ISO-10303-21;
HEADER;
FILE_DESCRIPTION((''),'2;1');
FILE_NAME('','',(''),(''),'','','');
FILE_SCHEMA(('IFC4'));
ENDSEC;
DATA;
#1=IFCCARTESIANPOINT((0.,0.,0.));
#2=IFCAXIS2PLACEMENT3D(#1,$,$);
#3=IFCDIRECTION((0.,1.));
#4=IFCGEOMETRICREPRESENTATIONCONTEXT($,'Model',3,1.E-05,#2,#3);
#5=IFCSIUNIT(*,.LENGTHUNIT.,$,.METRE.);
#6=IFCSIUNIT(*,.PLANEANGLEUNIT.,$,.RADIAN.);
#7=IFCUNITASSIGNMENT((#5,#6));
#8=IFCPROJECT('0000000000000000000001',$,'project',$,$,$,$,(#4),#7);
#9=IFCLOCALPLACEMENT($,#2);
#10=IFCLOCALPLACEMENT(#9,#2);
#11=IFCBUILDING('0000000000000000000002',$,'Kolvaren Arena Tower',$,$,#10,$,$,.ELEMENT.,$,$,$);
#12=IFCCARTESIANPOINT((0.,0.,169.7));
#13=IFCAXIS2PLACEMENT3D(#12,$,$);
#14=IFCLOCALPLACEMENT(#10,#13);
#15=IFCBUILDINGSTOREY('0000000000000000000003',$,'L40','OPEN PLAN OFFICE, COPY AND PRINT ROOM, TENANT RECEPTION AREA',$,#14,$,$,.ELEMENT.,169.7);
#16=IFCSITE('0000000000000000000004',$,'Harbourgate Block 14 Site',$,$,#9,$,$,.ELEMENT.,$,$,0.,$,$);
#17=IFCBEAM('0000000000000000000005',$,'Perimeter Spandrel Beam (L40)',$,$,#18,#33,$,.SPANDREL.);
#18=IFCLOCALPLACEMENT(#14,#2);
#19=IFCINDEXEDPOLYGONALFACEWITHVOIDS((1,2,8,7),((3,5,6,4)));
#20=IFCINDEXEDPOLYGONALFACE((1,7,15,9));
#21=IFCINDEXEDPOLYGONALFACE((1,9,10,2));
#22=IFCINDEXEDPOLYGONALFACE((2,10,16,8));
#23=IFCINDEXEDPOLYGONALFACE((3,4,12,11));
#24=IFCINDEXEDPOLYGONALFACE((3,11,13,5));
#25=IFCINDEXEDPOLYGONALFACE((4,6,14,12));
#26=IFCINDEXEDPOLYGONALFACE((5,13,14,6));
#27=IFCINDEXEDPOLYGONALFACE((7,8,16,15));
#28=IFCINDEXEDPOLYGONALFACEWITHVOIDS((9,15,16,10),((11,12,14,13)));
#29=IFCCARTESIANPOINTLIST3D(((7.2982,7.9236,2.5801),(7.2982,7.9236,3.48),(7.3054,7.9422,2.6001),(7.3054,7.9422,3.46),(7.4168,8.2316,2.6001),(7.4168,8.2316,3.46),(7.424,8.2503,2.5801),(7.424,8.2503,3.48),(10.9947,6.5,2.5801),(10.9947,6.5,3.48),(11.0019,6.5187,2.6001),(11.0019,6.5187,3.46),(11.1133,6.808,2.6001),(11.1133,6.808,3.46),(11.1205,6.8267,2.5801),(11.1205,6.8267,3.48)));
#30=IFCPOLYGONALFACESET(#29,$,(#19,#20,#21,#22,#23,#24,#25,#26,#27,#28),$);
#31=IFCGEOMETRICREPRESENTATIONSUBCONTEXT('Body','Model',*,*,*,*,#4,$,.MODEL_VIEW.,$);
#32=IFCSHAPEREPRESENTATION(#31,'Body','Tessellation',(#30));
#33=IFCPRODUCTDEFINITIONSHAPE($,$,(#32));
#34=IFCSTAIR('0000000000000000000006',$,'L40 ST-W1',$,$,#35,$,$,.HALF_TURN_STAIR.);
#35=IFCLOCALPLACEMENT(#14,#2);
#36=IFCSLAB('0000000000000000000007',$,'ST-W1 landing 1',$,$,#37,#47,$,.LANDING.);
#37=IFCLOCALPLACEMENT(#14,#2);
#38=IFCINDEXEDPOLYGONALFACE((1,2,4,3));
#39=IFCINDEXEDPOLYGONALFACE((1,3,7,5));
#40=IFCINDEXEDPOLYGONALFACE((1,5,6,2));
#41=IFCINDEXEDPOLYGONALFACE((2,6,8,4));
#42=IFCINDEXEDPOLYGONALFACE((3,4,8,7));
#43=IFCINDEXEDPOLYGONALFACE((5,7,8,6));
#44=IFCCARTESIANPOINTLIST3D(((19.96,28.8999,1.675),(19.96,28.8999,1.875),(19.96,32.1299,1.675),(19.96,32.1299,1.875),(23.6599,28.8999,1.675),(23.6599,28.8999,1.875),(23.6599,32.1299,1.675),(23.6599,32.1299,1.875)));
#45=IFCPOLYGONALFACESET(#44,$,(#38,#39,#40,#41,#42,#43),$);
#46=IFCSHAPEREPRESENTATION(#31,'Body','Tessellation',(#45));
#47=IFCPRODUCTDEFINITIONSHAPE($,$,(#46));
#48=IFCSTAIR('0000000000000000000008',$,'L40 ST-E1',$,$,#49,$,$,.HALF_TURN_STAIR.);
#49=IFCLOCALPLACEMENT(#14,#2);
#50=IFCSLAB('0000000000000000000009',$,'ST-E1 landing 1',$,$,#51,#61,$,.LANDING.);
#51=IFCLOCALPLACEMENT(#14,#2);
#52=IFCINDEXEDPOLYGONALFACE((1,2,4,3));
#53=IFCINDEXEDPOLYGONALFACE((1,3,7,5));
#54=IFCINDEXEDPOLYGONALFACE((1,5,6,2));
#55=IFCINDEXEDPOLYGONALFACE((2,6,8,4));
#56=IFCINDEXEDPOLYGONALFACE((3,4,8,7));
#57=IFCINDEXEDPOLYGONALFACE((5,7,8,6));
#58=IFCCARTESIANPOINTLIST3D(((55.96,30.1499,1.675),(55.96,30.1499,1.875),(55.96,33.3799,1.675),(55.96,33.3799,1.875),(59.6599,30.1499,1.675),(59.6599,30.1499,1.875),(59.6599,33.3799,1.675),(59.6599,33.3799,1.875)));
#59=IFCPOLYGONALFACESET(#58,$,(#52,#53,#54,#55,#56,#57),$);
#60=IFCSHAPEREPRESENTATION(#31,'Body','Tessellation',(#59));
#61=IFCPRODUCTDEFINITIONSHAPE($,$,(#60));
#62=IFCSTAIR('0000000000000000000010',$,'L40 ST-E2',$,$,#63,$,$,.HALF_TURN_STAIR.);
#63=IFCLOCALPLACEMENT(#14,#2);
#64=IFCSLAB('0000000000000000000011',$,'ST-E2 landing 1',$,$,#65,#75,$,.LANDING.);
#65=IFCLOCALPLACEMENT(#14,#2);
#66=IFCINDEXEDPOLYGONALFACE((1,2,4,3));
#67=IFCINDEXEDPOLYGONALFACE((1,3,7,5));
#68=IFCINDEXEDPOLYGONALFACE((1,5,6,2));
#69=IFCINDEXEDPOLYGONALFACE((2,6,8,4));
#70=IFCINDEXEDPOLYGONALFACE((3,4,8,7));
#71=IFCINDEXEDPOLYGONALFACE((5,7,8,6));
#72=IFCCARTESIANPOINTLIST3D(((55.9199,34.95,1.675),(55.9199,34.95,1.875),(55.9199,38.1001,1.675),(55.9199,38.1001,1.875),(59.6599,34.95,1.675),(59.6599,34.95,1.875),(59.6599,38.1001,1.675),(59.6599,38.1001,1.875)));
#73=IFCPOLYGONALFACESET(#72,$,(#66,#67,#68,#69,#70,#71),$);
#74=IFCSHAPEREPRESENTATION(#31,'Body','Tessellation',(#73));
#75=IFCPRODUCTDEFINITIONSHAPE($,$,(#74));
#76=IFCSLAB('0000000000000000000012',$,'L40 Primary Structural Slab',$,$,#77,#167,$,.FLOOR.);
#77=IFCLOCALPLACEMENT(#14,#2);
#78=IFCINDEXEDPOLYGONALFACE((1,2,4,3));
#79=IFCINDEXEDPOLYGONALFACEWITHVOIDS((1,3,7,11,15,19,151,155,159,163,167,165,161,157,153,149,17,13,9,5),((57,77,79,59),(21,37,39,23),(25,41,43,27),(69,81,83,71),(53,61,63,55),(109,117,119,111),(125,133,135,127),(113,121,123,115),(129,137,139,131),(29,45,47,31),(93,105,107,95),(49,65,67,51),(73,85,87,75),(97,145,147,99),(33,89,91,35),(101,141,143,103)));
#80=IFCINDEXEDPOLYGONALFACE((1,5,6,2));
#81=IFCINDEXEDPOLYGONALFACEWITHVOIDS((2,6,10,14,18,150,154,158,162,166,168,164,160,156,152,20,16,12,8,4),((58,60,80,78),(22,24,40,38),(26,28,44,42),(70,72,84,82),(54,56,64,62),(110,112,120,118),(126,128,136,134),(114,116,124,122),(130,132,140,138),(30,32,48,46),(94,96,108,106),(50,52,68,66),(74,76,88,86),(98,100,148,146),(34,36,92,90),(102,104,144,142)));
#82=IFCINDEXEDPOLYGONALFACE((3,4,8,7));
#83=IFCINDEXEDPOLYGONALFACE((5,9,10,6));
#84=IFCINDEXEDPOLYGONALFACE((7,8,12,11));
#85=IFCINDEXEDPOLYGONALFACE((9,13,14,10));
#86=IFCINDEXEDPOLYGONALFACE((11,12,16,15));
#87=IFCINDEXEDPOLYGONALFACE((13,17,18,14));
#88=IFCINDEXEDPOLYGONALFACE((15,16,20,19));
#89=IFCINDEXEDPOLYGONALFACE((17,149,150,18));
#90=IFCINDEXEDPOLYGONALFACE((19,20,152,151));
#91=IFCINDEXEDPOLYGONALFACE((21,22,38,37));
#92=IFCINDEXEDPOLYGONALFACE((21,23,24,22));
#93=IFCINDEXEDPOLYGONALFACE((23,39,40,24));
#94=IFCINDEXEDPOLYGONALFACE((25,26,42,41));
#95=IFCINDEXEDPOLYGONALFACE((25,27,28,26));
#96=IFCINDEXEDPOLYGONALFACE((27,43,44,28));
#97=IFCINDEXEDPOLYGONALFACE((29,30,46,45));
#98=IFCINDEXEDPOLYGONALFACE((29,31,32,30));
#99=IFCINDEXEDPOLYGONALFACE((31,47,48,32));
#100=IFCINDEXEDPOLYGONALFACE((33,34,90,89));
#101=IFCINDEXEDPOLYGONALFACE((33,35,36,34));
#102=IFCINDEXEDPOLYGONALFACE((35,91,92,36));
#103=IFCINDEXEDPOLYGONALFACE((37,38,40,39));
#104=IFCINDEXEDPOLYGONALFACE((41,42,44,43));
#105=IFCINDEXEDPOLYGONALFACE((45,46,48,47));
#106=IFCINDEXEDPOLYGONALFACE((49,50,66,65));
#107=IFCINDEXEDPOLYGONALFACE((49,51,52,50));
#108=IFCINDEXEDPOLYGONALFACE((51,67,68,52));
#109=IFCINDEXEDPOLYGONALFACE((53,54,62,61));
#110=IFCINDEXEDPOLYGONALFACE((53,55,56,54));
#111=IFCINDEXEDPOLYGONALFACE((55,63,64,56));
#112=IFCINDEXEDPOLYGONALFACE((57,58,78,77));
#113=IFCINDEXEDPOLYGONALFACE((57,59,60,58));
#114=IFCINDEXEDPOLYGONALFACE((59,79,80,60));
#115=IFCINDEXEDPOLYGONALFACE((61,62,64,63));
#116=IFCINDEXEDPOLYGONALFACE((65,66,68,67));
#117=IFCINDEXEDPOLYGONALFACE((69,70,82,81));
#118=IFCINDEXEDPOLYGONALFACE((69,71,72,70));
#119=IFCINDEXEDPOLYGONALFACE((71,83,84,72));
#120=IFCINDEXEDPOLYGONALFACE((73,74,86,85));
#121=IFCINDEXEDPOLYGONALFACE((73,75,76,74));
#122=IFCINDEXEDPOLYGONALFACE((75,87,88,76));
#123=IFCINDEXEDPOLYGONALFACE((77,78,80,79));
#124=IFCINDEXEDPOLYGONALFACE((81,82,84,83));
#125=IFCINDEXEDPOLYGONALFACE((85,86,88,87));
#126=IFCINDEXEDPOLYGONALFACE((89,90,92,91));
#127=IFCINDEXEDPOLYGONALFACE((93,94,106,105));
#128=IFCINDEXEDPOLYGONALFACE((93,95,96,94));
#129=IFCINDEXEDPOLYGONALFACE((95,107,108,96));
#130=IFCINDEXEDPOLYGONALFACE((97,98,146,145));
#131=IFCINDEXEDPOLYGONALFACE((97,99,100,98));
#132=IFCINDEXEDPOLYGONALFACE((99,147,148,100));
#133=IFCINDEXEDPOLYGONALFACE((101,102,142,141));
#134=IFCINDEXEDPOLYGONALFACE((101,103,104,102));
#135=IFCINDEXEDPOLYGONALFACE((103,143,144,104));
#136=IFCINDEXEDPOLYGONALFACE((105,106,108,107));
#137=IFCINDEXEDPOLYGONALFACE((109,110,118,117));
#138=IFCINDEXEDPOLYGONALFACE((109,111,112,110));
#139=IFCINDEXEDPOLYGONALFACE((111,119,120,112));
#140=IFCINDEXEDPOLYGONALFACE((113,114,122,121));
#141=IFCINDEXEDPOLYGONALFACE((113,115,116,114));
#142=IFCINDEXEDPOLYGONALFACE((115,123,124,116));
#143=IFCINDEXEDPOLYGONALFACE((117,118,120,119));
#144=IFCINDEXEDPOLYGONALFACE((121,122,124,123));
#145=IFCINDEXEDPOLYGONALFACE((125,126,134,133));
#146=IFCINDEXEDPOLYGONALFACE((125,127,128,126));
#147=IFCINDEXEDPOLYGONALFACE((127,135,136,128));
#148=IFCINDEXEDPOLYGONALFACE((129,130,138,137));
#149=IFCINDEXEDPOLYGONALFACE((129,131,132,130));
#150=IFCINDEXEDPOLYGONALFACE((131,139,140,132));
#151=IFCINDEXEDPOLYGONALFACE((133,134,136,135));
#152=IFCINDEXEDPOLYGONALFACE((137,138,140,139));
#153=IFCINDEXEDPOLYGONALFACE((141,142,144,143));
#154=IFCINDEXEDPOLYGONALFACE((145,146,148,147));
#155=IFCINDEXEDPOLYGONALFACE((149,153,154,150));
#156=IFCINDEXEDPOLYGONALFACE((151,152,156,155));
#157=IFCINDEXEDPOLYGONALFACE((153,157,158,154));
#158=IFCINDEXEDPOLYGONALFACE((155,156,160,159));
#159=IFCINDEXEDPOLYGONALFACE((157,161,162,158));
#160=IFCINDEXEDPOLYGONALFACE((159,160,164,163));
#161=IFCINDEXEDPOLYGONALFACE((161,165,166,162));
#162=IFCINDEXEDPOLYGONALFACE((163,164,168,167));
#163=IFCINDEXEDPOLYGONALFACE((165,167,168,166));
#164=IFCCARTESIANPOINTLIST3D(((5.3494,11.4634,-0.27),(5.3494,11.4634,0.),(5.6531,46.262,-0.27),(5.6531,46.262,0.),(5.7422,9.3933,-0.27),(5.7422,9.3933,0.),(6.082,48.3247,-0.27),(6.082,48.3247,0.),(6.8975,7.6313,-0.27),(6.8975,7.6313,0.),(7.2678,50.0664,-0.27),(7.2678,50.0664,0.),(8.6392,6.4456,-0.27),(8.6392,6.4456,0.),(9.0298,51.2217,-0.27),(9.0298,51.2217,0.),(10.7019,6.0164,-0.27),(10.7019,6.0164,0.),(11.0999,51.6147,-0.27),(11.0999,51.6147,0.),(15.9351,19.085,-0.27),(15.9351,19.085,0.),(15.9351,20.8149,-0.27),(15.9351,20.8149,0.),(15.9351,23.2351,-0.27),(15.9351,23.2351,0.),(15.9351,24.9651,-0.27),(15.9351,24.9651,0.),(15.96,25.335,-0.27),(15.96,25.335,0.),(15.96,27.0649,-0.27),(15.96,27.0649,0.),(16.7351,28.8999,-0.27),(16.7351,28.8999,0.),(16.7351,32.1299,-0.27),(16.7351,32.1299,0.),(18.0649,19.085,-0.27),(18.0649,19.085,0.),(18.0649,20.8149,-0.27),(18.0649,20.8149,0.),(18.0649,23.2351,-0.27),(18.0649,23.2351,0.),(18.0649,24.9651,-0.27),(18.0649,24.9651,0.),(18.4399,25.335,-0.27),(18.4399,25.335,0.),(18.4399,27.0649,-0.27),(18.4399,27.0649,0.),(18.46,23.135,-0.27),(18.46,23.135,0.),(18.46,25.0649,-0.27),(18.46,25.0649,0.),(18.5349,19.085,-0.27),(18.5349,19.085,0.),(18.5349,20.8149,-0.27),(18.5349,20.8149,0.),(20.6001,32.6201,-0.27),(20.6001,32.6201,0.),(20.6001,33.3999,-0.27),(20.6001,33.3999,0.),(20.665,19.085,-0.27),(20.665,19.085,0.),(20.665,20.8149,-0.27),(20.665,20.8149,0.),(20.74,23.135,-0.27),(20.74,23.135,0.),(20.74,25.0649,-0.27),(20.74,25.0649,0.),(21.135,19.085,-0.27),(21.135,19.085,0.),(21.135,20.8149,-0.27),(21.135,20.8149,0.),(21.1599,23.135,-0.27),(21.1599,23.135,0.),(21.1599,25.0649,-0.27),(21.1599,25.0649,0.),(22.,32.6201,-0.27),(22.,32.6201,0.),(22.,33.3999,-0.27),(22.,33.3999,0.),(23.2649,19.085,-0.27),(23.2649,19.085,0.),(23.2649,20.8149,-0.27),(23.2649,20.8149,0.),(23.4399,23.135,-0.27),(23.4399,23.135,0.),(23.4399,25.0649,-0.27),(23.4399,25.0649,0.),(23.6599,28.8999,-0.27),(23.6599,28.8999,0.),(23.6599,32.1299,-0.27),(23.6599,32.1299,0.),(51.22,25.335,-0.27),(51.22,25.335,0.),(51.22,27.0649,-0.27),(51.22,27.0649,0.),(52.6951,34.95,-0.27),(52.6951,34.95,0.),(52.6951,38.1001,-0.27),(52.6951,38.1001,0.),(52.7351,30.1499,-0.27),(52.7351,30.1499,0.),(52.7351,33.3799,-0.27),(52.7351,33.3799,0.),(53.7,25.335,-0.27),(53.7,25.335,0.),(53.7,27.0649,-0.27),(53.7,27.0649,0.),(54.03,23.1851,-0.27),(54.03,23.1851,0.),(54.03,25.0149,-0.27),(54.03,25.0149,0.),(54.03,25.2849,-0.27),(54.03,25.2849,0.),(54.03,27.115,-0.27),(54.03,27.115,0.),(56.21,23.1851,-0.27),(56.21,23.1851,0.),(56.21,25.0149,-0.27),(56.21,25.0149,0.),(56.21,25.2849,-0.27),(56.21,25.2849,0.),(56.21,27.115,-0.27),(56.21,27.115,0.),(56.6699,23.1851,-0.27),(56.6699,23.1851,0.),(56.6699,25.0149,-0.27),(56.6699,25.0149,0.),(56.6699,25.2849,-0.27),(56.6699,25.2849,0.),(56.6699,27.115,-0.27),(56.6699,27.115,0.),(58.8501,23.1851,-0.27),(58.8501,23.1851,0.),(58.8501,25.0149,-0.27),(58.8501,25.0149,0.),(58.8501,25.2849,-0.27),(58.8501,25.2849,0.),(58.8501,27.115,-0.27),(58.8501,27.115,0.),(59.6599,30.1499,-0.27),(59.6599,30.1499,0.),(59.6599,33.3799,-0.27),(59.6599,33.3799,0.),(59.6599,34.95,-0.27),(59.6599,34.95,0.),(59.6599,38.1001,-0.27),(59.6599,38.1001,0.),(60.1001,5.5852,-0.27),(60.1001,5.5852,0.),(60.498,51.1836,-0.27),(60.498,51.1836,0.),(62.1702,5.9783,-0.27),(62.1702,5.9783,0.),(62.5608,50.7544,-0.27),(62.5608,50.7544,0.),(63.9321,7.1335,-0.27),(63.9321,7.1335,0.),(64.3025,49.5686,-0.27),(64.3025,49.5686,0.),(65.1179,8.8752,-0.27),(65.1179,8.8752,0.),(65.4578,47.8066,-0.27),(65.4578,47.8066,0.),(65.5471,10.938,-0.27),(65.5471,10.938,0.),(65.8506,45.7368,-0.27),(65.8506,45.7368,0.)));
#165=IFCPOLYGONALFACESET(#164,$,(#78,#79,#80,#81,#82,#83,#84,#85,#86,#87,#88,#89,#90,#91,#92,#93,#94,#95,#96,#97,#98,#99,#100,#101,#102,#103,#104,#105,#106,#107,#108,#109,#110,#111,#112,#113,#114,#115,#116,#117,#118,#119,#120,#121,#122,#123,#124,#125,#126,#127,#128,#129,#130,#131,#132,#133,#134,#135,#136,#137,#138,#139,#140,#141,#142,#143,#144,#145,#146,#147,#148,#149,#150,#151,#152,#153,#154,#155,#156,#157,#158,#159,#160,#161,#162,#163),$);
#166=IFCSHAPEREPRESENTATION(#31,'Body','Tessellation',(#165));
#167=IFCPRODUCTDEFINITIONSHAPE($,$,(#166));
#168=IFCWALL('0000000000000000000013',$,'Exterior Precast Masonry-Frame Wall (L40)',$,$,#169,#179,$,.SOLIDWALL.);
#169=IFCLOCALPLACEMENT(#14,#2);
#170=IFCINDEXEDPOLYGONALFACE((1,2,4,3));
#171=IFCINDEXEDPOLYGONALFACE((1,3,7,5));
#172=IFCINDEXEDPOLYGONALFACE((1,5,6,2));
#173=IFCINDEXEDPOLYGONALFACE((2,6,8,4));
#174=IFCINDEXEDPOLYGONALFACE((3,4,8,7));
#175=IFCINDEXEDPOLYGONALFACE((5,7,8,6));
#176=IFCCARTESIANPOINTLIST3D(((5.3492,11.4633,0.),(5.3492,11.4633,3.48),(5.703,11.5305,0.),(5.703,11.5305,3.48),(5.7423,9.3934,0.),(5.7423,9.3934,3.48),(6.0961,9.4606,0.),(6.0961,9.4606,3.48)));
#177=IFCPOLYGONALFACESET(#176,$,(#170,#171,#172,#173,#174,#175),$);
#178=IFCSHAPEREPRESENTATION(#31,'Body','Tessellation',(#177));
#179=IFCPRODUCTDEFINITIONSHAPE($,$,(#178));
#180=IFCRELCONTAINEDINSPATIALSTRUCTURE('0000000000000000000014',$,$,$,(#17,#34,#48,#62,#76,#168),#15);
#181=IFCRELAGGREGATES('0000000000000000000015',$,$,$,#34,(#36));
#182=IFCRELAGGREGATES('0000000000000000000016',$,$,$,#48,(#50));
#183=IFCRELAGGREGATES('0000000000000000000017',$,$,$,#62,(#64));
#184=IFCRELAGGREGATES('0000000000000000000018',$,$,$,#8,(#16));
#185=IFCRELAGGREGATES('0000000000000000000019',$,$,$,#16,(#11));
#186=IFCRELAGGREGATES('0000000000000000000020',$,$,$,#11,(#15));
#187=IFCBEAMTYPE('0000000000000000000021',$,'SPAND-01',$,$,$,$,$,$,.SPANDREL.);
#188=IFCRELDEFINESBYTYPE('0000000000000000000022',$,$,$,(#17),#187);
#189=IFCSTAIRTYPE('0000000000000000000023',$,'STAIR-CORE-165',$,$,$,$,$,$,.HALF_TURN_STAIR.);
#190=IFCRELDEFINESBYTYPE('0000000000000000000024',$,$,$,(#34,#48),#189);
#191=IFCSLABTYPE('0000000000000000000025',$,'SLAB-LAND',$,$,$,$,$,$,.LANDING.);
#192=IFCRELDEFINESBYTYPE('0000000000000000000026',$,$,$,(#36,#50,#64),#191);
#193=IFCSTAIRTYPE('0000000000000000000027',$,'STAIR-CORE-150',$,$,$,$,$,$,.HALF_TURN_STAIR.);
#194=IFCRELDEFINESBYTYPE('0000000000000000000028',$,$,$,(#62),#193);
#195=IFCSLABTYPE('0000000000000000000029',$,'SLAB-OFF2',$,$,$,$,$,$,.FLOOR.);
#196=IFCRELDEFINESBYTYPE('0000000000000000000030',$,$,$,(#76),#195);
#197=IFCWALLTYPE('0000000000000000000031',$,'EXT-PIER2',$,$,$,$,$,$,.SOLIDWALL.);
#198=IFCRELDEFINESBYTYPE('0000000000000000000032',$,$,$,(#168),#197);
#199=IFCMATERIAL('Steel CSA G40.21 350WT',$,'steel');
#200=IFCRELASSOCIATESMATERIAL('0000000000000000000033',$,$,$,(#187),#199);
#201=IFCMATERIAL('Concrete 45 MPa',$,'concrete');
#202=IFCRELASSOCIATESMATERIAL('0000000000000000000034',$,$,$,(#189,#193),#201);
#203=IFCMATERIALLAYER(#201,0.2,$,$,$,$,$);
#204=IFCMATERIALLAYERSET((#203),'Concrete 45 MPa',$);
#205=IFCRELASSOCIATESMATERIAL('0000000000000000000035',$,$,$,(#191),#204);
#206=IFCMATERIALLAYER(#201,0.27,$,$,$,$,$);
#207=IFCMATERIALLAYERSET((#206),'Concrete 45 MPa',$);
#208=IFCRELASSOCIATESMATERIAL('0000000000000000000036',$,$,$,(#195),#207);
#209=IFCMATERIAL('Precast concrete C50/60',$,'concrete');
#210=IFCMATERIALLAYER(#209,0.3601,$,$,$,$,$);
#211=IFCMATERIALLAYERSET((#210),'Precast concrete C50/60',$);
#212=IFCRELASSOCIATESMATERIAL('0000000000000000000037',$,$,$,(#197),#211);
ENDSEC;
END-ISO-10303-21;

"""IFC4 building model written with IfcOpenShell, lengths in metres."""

from ifc_helpers import new_model, si_unit, direction, frame, frame_2d, origin, origin_2d, place, context, subcontext, project, spatial, polyline, rectangle, hollow_rectangle, outline, extrude, material, layer, layer_set, material_profile, profile_set, type_object, element, aggregate, save


model = new_model("IFC4")

# Units and contexts
model_context = context("Model", 3, precision=1e-05, world=origin(), true_north=direction((0.0, 1.0)))
body_context = subcontext(model_context, "Body", "Model", "MODEL_VIEW")
ifc_project = project(units=[si_unit("LENGTHUNIT", "METRE"), si_unit("PLANEANGLEUNIT", "RADIAN")], contexts=[model_context])

# Site, building, storey
site_placement = place(None, origin())
site = spatial("IfcSite", under=ifc_project, at=site_placement, Name="Harbourgate Block 14 Site", CompositionType="ELEMENT", RefElevation=0.0)
building_placement = place(site_placement, origin())
building = spatial("IfcBuilding", under=site, at=building_placement, Name="Kolvaren Arena Tower", CompositionType="ELEMENT")
storey_placement = place(building_placement, frame((0.0, 0.0, 169.7)))
storey = spatial("IfcBuildingStorey", under=building, at=storey_placement, Name="L40", Description="OPEN PLAN OFFICE, COPY AND PRINT ROOM, TENANT RECEPTION AREA", CompositionType="ELEMENT", Elevation=169.7)

# Beam
ifc_material_1 = material(Name="Steel CSA G40.21 350WT", Category="steel")
ifc_material_profile_1 = material_profile(ifc_material_1, hollow_rectangle(XDim=0.3501, YDim=0.8999, WallThickness=0.02, at=origin_2d()), Name="HSS 900x350x20")
ifc_profile_set_1 = profile_set([ifc_material_profile_1], Name="Steel CSA G40.21 350WT")
beam_type_1 = type_object("IfcBeamType", Name="SPAND-01", PredefinedType="SPANDREL", material=ifc_profile_set_1)
beam_1_placement = place(storey_placement, frame((7.3611, 8.0869, 3.03), z_axis=(0.93319, -0.359384, 0.0), x_axis=(0.359384, 0.93319, 0.0)))
element("IfcBeam", 1, at=beam_1_placement, inside=storey, type_object=beam_type_1, Name="Perimeter Spandrel Beam (L40)", PredefinedType="SPANDREL", context=body_context, shape_type="SweptSolid", body=[
    extrude(hollow_rectangle(XDim=0.3501, YDim=0.8999, WallThickness=0.02, at=origin_2d()), origin(), (0.0, 0.0, 1.0), 3.9612),
])

# Stairs, slabs
ifc_material_2 = material(Name="Concrete 45 MPa", Category="concrete")
stair_type_1 = type_object("IfcStairType", Name="STAIR-CORE-165", PredefinedType="HALF_TURN_STAIR", material=ifc_material_2)
stair_1_placement = place(storey_placement, origin())
stair_1 = element("IfcStair", 2, at=stair_1_placement, inside=storey, type_object=stair_type_1, Name="L40 ST-W1", PredefinedType="HALF_TURN_STAIR")
ifc_layer_1 = layer(ifc_material_2, 0.2)
ifc_layer_set_1 = layer_set([ifc_layer_1], Name="Concrete 45 MPa")
slab_type_1 = type_object("IfcSlabType", Name="SLAB-LAND", PredefinedType="LANDING", material=ifc_layer_set_1)
slab_1_placement = place(storey_placement, frame((0.0, 0.0, 1.675)))
slab_1 = element("IfcSlab", 3, at=slab_1_placement, type_object=slab_type_1, Name="ST-W1 landing 1", PredefinedType="LANDING", context=body_context, shape_type="SweptSolid", body=[
    extrude(outline(polyline([(19.96, 28.8999), (23.6599, 28.8999), (23.6599, 32.1299), (19.96, 32.1299), (19.96, 28.8999)])), origin(), (0.0, 0.0, 1.0), 0.2),
])
aggregate(stair_1, [slab_1])
stair_2_placement = place(storey_placement, origin())
stair_2 = element("IfcStair", 4, at=stair_2_placement, inside=storey, type_object=stair_type_1, Name="L40 ST-E1", PredefinedType="HALF_TURN_STAIR")
slab_2_placement = place(storey_placement, frame((0.0, 0.0, 1.675)))
slab_2 = element("IfcSlab", 5, at=slab_2_placement, type_object=slab_type_1, Name="ST-E1 landing 1", PredefinedType="LANDING", context=body_context, shape_type="SweptSolid", body=[
    extrude(outline(polyline([(55.96, 30.1499), (59.6599, 30.1499), (59.6599, 33.3799), (55.96, 33.3799), (55.96, 30.1499)])), origin(), (0.0, 0.0, 1.0), 0.2),
])
aggregate(stair_2, [slab_2])
stair_type_2 = type_object("IfcStairType", Name="STAIR-CORE-150", PredefinedType="HALF_TURN_STAIR", material=ifc_material_2)
stair_3_placement = place(storey_placement, origin())
stair_3 = element("IfcStair", 6, at=stair_3_placement, inside=storey, type_object=stair_type_2, Name="L40 ST-E2", PredefinedType="HALF_TURN_STAIR")
slab_3_placement = place(storey_placement, frame((0.0, 0.0, 1.675)))
slab_3 = element("IfcSlab", 7, at=slab_3_placement, type_object=slab_type_1, Name="ST-E2 landing 1", PredefinedType="LANDING", context=body_context, shape_type="SweptSolid", body=[
    extrude(outline(polyline([(55.9199, 34.95), (59.6599, 34.95), (59.6599, 38.1001), (55.9199, 38.1001), (55.9199, 34.95)])), origin(), (0.0, 0.0, 1.0), 0.2),
])
aggregate(stair_3, [slab_3])

# Slab
ifc_layer_2 = layer(ifc_material_2, 0.27)
ifc_layer_set_2 = layer_set([ifc_layer_2], Name="Concrete 45 MPa")
slab_type_2 = type_object("IfcSlabType", Name="SLAB-OFF2", PredefinedType="FLOOR", material=ifc_layer_set_2)
slab_4_placement = place(storey_placement, frame((0.0, 0.0, -0.27)))
element("IfcSlab", 8, at=slab_4_placement, inside=storey, type_object=slab_type_2, Name="L40 Primary Structural Slab", PredefinedType="FLOOR", context=body_context, shape_type="SweptSolid", body=[
    extrude(outline(polyline([(60.1001, 5.5852), (62.1702, 5.9783), (63.9321, 7.1335), (65.1179, 8.8752), (65.5471, 10.938), (65.8506, 45.7368), (65.4578, 47.8066), (64.3025, 49.5686), (62.5608, 50.7544), (60.498, 51.1836), (11.0999, 51.6147), (9.0298, 51.2217), (7.2678, 50.0664), (6.082, 48.3247), (5.6531, 46.262), (5.3494, 11.4634), (5.7422, 9.3933), (6.8975, 7.6313), (8.6392, 6.4456), (10.7019, 6.0164), (60.1001, 5.5852)]), holes=[polyline([(15.9351, 19.085), (15.9351, 20.8149), (18.0649, 20.8149), (18.0649, 19.085), (15.9351, 19.085)]), polyline([(18.5349, 19.085), (18.5349, 20.8149), (20.665, 20.8149), (20.665, 19.085), (18.5349, 19.085)]), polyline([(21.135, 19.085), (21.135, 20.8149), (23.2649, 20.8149), (23.2649, 19.085), (21.135, 19.085)]), polyline([(18.46, 23.135), (18.46, 25.0649), (20.74, 25.0649), (20.74, 23.135), (18.46, 23.135)]), polyline([(21.1599, 23.135), (21.1599, 25.0649), (23.4399, 25.0649), (23.4399, 23.135), (21.1599, 23.135)]), polyline([(54.03, 23.1851), (54.03, 25.0149), (56.21, 25.0149), (56.21, 23.1851), (54.03, 23.1851)]), polyline([(56.6699, 23.1851), (56.6699, 25.0149), (58.8501, 25.0149), (58.8501, 23.1851), (56.6699, 23.1851)]), polyline([(15.9351, 23.2351), (15.9351, 24.9651), (18.0649, 24.9651), (18.0649, 23.2351), (15.9351, 23.2351)]), polyline([(54.03, 25.2849), (54.03, 27.115), (56.21, 27.115), (56.21, 25.2849), (54.03, 25.2849)]), polyline([(56.6699, 25.2849), (56.6699, 27.115), (58.8501, 27.115), (58.8501, 25.2849), (56.6699, 25.2849)]), polyline([(15.96, 25.335), (15.96, 27.0649), (18.4399, 27.0649), (18.4399, 25.335), (15.96, 25.335)]), polyline([(51.22, 25.335), (51.22, 27.0649), (53.7, 27.0649), (53.7, 25.335), (51.22, 25.335)]), polyline([(16.7351, 28.8999), (16.7351, 32.1299), (23.6599, 32.1299), (23.6599, 28.8999), (16.7351, 28.8999)]), polyline([(52.7351, 30.1499), (52.7351, 33.3799), (59.6599, 33.3799), (59.6599, 30.1499), (52.7351, 30.1499)]), polyline([(20.6001, 32.6201), (20.6001, 33.3999), (22.0, 33.3999), (22.0, 32.6201), (20.6001, 32.6201)]), polyline([(52.6951, 34.95), (52.6951, 38.1001), (59.6599, 38.1001), (59.6599, 34.95), (52.6951, 34.95)])]), origin(), (0.0, 0.0, 1.0), 0.27),
])

# Wall
ifc_material_3 = material(Name="Precast concrete C50/60", Category="concrete")
ifc_layer_3 = layer(ifc_material_3, 0.3601)
ifc_layer_set_3 = layer_set([ifc_layer_3], Name="Precast concrete C50/60")
wall_type = type_object("IfcWallType", Name="EXT-PIER2", PredefinedType="SOLIDWALL", material=ifc_layer_set_3)
for number, where, z_axis, x_axis, name in (
    (9, (5.9192, 9.427, 0.0), (0.0, 0.0, 1.0), (-0.186569, 0.982442, 0.0), "Exterior Precast Masonry-Frame Wall (L40)"),
):
    element("IfcWall", number, at=place(storey_placement, frame(where, z_axis=z_axis, x_axis=x_axis)), inside=storey, type_object=wall_type, Name=name, PredefinedType="SOLIDWALL", context=body_context, shape_type="SweptSolid", body=[
        extrude(rectangle(XDim=2.1069, YDim=0.3601, at=frame_2d((1.0535, 0.0))), origin(), (0.0, 0.0, 1.0), 3.48),
    ])

save(model, "model.ifc")
